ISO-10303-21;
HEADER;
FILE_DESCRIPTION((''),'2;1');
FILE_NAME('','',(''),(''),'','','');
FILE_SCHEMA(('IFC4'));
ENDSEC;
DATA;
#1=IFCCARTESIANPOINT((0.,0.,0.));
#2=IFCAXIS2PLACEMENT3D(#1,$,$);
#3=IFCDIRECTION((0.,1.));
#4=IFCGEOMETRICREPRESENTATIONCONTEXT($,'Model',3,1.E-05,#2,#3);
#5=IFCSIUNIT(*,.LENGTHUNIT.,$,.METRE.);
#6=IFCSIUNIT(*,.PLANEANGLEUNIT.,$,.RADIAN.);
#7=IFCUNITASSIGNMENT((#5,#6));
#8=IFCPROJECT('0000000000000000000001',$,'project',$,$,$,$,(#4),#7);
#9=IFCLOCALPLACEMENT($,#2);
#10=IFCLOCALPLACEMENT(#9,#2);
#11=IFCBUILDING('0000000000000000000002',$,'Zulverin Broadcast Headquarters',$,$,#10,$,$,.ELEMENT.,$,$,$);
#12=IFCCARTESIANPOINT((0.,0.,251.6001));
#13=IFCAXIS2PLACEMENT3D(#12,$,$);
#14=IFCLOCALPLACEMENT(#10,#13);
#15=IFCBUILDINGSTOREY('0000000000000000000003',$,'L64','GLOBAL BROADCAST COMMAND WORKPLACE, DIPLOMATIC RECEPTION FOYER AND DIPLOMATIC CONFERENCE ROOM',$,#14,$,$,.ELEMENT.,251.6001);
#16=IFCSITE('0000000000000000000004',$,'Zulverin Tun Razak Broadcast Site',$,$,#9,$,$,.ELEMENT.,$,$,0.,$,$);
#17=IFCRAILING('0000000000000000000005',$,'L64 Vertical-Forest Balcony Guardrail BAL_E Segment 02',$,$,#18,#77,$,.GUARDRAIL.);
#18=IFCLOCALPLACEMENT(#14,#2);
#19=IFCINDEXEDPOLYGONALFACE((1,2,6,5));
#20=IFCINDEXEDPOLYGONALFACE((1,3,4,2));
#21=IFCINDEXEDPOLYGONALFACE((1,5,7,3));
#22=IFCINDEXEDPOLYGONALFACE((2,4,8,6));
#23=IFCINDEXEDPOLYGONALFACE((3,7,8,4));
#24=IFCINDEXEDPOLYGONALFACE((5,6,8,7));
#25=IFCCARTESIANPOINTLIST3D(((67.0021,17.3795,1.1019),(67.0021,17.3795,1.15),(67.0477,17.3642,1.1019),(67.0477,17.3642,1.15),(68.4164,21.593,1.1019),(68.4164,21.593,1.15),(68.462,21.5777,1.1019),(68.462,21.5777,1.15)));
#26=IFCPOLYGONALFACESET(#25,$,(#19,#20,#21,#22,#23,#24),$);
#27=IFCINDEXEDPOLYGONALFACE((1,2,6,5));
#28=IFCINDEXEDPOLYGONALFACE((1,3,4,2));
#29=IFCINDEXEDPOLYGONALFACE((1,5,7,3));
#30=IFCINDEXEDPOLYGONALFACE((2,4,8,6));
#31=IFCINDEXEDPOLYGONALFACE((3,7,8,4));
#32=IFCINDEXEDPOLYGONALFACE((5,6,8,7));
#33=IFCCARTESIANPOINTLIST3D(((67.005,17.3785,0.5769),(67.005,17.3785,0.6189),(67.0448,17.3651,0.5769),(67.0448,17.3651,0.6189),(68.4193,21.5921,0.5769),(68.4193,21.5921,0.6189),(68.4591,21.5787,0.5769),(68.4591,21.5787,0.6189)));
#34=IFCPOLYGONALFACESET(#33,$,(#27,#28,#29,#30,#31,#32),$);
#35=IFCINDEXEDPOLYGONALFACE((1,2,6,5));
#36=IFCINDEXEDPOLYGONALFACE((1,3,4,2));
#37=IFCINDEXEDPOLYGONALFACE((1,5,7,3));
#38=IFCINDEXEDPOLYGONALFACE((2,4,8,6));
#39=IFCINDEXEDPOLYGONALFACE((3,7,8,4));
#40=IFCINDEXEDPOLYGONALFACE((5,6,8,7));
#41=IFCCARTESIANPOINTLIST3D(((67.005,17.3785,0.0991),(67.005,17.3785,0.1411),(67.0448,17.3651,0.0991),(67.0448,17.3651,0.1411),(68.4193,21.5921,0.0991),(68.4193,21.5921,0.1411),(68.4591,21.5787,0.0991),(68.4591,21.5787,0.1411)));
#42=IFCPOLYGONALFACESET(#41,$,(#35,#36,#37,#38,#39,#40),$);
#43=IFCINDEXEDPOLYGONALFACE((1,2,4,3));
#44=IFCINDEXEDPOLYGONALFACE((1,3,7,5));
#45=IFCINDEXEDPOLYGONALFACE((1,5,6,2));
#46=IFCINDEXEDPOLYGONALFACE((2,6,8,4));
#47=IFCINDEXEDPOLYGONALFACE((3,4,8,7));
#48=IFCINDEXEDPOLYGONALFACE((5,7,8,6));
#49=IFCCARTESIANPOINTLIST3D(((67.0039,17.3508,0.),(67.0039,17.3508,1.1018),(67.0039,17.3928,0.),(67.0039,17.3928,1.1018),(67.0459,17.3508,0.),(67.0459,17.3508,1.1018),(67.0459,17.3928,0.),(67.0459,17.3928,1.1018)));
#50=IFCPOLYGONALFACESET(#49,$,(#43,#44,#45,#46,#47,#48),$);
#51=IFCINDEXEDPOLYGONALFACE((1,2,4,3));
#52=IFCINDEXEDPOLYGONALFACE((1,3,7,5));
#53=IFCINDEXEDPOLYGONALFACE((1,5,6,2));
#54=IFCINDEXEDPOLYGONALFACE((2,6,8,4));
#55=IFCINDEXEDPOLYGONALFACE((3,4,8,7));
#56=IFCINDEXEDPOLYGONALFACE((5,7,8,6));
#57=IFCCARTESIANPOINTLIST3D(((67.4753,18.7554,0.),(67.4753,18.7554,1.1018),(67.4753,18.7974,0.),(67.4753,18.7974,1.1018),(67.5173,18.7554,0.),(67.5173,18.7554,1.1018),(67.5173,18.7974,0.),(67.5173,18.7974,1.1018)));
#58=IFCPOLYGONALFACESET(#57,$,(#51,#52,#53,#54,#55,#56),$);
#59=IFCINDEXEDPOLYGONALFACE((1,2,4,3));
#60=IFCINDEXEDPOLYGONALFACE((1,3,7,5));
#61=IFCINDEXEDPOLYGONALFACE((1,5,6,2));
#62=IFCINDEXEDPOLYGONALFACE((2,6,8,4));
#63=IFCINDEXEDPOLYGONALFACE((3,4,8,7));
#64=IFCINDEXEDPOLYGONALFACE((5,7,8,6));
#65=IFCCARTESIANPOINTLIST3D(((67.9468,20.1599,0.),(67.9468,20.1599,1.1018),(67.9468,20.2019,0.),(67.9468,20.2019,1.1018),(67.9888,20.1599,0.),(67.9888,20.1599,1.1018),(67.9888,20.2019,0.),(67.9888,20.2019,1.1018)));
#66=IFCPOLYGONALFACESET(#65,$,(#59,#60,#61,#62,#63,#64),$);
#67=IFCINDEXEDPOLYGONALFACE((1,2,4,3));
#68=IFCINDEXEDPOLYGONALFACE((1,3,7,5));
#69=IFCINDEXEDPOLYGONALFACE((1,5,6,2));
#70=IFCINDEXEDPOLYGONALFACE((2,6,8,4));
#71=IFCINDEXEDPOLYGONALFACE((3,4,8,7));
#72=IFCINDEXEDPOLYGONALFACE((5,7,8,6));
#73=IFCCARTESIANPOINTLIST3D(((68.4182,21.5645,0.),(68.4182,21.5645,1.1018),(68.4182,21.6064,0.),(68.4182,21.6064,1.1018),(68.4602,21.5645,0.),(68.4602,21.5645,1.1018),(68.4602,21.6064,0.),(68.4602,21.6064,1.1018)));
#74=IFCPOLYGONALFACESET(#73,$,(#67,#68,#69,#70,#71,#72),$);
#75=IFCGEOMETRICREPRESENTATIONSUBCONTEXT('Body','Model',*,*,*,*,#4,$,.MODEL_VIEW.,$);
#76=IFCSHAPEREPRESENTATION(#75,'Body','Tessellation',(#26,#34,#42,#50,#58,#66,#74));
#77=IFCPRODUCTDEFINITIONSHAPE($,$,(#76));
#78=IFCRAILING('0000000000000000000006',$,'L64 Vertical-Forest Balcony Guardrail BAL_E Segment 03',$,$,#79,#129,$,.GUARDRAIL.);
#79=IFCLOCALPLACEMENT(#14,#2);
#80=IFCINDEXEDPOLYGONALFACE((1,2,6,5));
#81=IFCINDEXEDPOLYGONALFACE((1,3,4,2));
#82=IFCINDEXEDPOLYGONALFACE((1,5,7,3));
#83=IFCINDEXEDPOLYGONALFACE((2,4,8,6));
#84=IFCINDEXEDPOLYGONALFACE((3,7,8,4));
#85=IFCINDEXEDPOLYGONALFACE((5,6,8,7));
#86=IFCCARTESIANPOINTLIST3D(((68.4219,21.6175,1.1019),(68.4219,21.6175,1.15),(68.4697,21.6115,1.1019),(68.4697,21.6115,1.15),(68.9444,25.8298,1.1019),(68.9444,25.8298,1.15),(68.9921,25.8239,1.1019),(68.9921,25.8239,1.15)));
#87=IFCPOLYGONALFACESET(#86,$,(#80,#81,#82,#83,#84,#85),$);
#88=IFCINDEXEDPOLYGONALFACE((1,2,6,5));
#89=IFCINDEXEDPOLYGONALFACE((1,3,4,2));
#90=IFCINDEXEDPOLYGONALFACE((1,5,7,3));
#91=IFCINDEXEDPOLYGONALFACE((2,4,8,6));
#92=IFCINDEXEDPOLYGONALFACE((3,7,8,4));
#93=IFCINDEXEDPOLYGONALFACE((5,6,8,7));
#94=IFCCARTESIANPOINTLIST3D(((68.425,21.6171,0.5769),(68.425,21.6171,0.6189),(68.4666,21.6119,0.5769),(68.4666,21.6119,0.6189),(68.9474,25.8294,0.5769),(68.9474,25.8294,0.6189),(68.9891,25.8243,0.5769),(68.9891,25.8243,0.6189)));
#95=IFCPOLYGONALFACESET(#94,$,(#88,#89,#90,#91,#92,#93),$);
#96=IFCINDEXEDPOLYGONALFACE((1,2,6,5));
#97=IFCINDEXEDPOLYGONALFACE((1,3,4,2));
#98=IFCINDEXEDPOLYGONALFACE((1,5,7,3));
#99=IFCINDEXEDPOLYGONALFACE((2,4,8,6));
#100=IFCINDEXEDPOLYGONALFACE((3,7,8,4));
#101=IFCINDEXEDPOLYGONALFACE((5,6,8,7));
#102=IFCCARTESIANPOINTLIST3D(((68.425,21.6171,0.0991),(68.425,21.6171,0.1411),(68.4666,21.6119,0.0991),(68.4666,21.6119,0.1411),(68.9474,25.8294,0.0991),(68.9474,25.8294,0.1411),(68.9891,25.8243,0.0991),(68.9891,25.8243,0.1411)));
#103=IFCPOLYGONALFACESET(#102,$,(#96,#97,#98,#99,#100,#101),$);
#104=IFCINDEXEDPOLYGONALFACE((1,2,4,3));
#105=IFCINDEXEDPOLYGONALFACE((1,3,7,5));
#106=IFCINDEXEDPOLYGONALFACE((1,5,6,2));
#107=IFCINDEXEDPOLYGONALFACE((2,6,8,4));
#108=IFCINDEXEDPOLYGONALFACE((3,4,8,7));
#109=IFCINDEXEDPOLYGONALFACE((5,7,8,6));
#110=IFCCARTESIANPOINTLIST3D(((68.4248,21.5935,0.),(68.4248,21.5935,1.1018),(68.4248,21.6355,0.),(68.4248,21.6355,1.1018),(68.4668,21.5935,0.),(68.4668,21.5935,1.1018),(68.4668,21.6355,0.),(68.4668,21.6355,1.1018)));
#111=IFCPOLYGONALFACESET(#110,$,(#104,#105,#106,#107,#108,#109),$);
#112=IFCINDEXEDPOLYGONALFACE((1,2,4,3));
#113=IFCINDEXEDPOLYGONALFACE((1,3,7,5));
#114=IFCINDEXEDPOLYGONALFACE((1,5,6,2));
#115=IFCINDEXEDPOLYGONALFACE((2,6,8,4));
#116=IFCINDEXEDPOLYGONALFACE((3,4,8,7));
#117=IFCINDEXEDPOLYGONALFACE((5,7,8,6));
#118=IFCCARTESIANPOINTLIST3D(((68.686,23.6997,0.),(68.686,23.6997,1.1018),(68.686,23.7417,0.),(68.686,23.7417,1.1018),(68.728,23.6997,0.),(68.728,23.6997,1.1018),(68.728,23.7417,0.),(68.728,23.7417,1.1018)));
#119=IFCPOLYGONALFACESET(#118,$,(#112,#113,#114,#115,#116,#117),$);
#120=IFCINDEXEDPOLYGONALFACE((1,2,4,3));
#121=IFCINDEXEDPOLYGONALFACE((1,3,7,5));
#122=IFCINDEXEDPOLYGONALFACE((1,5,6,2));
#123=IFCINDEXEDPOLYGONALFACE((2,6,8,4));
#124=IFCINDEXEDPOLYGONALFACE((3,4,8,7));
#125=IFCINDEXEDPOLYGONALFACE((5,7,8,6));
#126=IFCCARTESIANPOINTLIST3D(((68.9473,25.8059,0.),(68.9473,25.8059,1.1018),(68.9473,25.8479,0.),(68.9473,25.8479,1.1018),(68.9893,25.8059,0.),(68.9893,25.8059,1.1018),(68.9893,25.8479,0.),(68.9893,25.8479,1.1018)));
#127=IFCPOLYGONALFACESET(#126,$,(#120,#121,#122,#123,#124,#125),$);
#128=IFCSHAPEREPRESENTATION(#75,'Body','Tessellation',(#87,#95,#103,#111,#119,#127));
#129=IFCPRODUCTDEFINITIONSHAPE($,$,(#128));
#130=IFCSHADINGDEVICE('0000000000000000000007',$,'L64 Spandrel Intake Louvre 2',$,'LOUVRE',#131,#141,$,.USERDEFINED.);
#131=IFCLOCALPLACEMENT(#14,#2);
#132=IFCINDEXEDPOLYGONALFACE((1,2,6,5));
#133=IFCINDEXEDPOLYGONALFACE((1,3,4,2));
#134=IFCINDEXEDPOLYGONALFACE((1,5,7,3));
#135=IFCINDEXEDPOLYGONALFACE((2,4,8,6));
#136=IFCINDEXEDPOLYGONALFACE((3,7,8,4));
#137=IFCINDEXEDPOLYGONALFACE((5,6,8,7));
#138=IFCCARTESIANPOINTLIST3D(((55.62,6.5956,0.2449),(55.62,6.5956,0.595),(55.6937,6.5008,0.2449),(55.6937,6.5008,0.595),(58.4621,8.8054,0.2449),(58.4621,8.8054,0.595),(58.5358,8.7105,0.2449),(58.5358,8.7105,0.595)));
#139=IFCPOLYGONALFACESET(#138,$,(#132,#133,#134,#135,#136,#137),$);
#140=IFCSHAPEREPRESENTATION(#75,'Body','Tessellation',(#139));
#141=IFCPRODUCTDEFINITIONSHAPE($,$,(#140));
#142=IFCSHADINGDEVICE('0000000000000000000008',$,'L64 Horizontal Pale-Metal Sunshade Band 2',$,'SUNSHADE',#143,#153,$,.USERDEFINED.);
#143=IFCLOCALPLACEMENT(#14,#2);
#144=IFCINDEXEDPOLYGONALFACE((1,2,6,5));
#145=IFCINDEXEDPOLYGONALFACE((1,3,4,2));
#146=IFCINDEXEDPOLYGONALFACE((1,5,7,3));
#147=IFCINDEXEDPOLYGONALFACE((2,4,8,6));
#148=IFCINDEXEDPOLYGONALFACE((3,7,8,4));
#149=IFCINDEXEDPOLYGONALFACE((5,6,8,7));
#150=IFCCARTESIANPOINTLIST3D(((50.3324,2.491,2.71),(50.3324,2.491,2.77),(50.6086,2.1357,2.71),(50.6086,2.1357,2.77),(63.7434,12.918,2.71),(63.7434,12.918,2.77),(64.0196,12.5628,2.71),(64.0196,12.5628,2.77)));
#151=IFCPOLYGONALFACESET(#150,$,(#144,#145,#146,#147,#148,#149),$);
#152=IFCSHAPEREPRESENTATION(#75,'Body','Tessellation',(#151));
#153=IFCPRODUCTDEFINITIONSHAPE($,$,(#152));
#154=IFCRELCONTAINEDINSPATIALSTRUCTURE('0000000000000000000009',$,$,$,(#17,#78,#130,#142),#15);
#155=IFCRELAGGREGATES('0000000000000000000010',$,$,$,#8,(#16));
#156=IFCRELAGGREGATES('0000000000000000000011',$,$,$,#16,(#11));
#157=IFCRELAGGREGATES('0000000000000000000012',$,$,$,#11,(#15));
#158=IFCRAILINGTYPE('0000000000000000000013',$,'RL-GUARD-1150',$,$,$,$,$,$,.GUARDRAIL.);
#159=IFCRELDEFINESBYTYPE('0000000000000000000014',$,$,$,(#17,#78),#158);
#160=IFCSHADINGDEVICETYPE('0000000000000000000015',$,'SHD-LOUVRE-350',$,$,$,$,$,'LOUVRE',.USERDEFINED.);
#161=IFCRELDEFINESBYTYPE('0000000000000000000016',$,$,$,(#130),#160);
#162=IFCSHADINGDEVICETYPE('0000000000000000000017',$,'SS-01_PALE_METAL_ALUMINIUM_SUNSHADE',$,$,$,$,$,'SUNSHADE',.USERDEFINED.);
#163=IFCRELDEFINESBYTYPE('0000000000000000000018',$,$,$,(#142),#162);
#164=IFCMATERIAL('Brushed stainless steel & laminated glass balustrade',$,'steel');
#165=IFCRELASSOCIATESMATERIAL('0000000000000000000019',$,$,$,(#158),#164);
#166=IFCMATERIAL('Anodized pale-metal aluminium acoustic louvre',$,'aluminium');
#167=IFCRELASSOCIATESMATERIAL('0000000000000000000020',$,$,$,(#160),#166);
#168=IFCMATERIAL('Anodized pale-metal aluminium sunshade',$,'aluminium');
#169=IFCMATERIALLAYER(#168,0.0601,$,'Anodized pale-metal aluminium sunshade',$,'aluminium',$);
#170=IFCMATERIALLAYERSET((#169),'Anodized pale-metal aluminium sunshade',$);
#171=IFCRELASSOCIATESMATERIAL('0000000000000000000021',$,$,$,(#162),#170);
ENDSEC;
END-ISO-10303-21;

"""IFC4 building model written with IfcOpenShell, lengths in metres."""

from ifc_helpers import new_model, si_unit, direction, frame, origin, origin_2d, place, context, subcontext, project, spatial, rectangle, extrude, material, layer, layer_set, type_object, element, save


model = new_model("IFC4")

# Units and contexts
model_context = context("Model", 3, precision=1e-05, world=origin(), true_north=direction((0.0, 1.0)))
body_context = subcontext(model_context, "Body", "Model", "MODEL_VIEW")
ifc_project = project(units=[si_unit("LENGTHUNIT", "METRE"), si_unit("PLANEANGLEUNIT", "RADIAN")], contexts=[model_context])

# Site, building, storey
site_placement = place(None, origin())
site = spatial("IfcSite", under=ifc_project, at=site_placement, Name="Zulverin Tun Razak Broadcast Site", CompositionType="ELEMENT", RefElevation=0.0)
building_placement = place(site_placement, origin())
building = spatial("IfcBuilding", under=site, at=building_placement, Name="Zulverin Broadcast Headquarters", CompositionType="ELEMENT")
storey_placement = place(building_placement, frame((0.0, 0.0, 251.6001)))
storey = spatial("IfcBuildingStorey", under=building, at=storey_placement, Name="L64", Description="GLOBAL BROADCAST COMMAND WORKPLACE, DIPLOMATIC RECEPTION FOYER AND DIPLOMATIC CONFERENCE ROOM", CompositionType="ELEMENT", Elevation=251.6001)

# Railings
ifc_material_1 = material(Name="Brushed stainless steel & laminated glass balustrade", Category="steel")
railing_type = type_object("IfcRailingType", Name="RL-GUARD-1150", PredefinedType="GUARDRAIL", material=ifc_material_1)
railing_1_placement = place(storey_placement, frame((67.0249, 17.3718, 0.0)))
element("IfcRailing", 1, at=railing_1_placement, inside=storey, type_object=railing_type, Name="L64 Vertical-Forest Balcony Guardrail BAL_E Segment 02", PredefinedType="GUARDRAIL", context=body_context, shape_type="SweptSolid", body=[
    extrude(rectangle(XDim=0.0481, YDim=0.0481, at=origin_2d()), frame((0.0, 0.0, 1.126), z_axis=(0.318205, 0.948022, 0.0), x_axis=(-0.948022, 0.318205, 0.0)), (0.0, 0.0, 1.0), 4.4446),
    extrude(rectangle(XDim=0.042, YDim=0.042, at=origin_2d()), frame((0.0, 0.0, 0.5979), z_axis=(0.318205, 0.948022, 0.0), x_axis=(-0.948022, 0.318205, 0.0)), (0.0, 0.0, 1.0), 4.4446),
    extrude(rectangle(XDim=0.042, YDim=0.042, at=origin_2d()), frame((0.0, 0.0, 0.1201), z_axis=(0.318205, 0.948022, 0.0), x_axis=(-0.948022, 0.318205, 0.0)), (0.0, 0.0, 1.0), 4.4446),
    extrude(rectangle(XDim=0.042, YDim=0.042, at=origin_2d()), origin(), (0.0, 0.0, 1.0), 1.1018),
    extrude(rectangle(XDim=0.042, YDim=0.042, at=origin_2d()), frame((0.4714, 1.4045, 0.0)), (0.0, 0.0, 1.0), 1.1018),
    extrude(rectangle(XDim=0.042, YDim=0.042, at=origin_2d()), frame((0.9429, 2.8091, 0.0)), (0.0, 0.0, 1.0), 1.1018),
    extrude(rectangle(XDim=0.042, YDim=0.042, at=origin_2d()), frame((1.4143, 4.2136, 0.0)), (0.0, 0.0, 1.0), 1.1018),
])
railing_2_placement = place(storey_placement, frame((68.4458, 21.6145, 0.0)))
element("IfcRailing", 2, at=railing_2_placement, inside=storey, type_object=railing_type, Name="L64 Vertical-Forest Balcony Guardrail BAL_E Segment 03", PredefinedType="GUARDRAIL", context=body_context, shape_type="SweptSolid", body=[
    extrude(rectangle(XDim=0.0481, YDim=0.0481, at=origin_2d()), frame((0.0, 0.0, 1.126), z_axis=(0.123086, 0.992396, 0.0), x_axis=(-0.992396, 0.123086, 0.0)), (0.0, 0.0, 1.0), 4.2446),
    extrude(rectangle(XDim=0.042, YDim=0.042, at=origin_2d()), frame((0.0, 0.0, 0.5979), z_axis=(0.123086, 0.992396, 0.0), x_axis=(-0.992396, 0.123086, 0.0)), (0.0, 0.0, 1.0), 4.2446),
    extrude(rectangle(XDim=0.042, YDim=0.042, at=origin_2d()), frame((0.0, 0.0, 0.1201), z_axis=(0.123086, 0.992396, 0.0), x_axis=(-0.992396, 0.123086, 0.0)), (0.0, 0.0, 1.0), 4.2446),
    extrude(rectangle(XDim=0.042, YDim=0.042, at=origin_2d()), origin(), (0.0, 0.0, 1.0), 1.1018),
    extrude(rectangle(XDim=0.042, YDim=0.042, at=origin_2d()), frame((0.2612, 2.1062, 0.0)), (0.0, 0.0, 1.0), 1.1018),
    extrude(rectangle(XDim=0.042, YDim=0.042, at=origin_2d()), frame((0.5225, 4.2124, 0.0)), (0.0, 0.0, 1.0), 1.1018),
])

# Shading devices
ifc_material_2 = material(Name="Anodized pale-metal aluminium acoustic louvre", Category="aluminium")
shading_device_type_1 = type_object("IfcShadingDeviceType", Name="SHD-LOUVRE-350", ElementType="LOUVRE", PredefinedType="USERDEFINED", material=ifc_material_2)
shading_device_1_placement = place(storey_placement, frame((57.0779, 7.6531, 0.2449), z_axis=(0.0, 0.0, 1.0), x_axis=(0.789459, 0.613803, 0.0)))
element("IfcShadingDevice", 3, at=shading_device_1_placement, inside=storey, type_object=shading_device_type_1, Name="L64 Spandrel Intake Louvre 2", ObjectType="LOUVRE", PredefinedType="USERDEFINED", context=body_context, shape_type="SweptSolid", body=[
    extrude(rectangle(XDim=3.6001, YDim=0.1201, at=origin_2d()), origin(), (0.0, 0.0, 1.0), 0.3501),
])
ifc_material_3 = material(Name="Anodized pale-metal aluminium sunshade", Category="aluminium")
ifc_layer_1 = layer(ifc_material_3, 0.0601, Name="Anodized pale-metal aluminium sunshade", Category="aluminium")
ifc_layer_set_1 = layer_set([ifc_layer_1], Name="Anodized pale-metal aluminium sunshade")
shading_device_type_2 = type_object("IfcShadingDeviceType", Name="SS-01_PALE_METAL_ALUMINIUM_SUNSHADE", ElementType="SUNSHADE", PredefinedType="USERDEFINED", material=ifc_layer_set_1)
shading_device_2_placement = place(storey_placement, frame((57.176, 7.5269, 2.71), z_axis=(0.0, 0.0, 1.0), x_axis=(0.789459, 0.613803, 0.0)))
element("IfcShadingDevice", 4, at=shading_device_2_placement, inside=storey, type_object=shading_device_type_2, Name="L64 Horizontal Pale-Metal Sunshade Band 2", ObjectType="SUNSHADE", PredefinedType="USERDEFINED", context=body_context, shape_type="SweptSolid", body=[
    extrude(rectangle(XDim=16.9875, YDim=0.45, at=origin_2d()), origin(), (0.0, 0.0, 1.0), 0.0601),
])

save(model, "model.ifc")
